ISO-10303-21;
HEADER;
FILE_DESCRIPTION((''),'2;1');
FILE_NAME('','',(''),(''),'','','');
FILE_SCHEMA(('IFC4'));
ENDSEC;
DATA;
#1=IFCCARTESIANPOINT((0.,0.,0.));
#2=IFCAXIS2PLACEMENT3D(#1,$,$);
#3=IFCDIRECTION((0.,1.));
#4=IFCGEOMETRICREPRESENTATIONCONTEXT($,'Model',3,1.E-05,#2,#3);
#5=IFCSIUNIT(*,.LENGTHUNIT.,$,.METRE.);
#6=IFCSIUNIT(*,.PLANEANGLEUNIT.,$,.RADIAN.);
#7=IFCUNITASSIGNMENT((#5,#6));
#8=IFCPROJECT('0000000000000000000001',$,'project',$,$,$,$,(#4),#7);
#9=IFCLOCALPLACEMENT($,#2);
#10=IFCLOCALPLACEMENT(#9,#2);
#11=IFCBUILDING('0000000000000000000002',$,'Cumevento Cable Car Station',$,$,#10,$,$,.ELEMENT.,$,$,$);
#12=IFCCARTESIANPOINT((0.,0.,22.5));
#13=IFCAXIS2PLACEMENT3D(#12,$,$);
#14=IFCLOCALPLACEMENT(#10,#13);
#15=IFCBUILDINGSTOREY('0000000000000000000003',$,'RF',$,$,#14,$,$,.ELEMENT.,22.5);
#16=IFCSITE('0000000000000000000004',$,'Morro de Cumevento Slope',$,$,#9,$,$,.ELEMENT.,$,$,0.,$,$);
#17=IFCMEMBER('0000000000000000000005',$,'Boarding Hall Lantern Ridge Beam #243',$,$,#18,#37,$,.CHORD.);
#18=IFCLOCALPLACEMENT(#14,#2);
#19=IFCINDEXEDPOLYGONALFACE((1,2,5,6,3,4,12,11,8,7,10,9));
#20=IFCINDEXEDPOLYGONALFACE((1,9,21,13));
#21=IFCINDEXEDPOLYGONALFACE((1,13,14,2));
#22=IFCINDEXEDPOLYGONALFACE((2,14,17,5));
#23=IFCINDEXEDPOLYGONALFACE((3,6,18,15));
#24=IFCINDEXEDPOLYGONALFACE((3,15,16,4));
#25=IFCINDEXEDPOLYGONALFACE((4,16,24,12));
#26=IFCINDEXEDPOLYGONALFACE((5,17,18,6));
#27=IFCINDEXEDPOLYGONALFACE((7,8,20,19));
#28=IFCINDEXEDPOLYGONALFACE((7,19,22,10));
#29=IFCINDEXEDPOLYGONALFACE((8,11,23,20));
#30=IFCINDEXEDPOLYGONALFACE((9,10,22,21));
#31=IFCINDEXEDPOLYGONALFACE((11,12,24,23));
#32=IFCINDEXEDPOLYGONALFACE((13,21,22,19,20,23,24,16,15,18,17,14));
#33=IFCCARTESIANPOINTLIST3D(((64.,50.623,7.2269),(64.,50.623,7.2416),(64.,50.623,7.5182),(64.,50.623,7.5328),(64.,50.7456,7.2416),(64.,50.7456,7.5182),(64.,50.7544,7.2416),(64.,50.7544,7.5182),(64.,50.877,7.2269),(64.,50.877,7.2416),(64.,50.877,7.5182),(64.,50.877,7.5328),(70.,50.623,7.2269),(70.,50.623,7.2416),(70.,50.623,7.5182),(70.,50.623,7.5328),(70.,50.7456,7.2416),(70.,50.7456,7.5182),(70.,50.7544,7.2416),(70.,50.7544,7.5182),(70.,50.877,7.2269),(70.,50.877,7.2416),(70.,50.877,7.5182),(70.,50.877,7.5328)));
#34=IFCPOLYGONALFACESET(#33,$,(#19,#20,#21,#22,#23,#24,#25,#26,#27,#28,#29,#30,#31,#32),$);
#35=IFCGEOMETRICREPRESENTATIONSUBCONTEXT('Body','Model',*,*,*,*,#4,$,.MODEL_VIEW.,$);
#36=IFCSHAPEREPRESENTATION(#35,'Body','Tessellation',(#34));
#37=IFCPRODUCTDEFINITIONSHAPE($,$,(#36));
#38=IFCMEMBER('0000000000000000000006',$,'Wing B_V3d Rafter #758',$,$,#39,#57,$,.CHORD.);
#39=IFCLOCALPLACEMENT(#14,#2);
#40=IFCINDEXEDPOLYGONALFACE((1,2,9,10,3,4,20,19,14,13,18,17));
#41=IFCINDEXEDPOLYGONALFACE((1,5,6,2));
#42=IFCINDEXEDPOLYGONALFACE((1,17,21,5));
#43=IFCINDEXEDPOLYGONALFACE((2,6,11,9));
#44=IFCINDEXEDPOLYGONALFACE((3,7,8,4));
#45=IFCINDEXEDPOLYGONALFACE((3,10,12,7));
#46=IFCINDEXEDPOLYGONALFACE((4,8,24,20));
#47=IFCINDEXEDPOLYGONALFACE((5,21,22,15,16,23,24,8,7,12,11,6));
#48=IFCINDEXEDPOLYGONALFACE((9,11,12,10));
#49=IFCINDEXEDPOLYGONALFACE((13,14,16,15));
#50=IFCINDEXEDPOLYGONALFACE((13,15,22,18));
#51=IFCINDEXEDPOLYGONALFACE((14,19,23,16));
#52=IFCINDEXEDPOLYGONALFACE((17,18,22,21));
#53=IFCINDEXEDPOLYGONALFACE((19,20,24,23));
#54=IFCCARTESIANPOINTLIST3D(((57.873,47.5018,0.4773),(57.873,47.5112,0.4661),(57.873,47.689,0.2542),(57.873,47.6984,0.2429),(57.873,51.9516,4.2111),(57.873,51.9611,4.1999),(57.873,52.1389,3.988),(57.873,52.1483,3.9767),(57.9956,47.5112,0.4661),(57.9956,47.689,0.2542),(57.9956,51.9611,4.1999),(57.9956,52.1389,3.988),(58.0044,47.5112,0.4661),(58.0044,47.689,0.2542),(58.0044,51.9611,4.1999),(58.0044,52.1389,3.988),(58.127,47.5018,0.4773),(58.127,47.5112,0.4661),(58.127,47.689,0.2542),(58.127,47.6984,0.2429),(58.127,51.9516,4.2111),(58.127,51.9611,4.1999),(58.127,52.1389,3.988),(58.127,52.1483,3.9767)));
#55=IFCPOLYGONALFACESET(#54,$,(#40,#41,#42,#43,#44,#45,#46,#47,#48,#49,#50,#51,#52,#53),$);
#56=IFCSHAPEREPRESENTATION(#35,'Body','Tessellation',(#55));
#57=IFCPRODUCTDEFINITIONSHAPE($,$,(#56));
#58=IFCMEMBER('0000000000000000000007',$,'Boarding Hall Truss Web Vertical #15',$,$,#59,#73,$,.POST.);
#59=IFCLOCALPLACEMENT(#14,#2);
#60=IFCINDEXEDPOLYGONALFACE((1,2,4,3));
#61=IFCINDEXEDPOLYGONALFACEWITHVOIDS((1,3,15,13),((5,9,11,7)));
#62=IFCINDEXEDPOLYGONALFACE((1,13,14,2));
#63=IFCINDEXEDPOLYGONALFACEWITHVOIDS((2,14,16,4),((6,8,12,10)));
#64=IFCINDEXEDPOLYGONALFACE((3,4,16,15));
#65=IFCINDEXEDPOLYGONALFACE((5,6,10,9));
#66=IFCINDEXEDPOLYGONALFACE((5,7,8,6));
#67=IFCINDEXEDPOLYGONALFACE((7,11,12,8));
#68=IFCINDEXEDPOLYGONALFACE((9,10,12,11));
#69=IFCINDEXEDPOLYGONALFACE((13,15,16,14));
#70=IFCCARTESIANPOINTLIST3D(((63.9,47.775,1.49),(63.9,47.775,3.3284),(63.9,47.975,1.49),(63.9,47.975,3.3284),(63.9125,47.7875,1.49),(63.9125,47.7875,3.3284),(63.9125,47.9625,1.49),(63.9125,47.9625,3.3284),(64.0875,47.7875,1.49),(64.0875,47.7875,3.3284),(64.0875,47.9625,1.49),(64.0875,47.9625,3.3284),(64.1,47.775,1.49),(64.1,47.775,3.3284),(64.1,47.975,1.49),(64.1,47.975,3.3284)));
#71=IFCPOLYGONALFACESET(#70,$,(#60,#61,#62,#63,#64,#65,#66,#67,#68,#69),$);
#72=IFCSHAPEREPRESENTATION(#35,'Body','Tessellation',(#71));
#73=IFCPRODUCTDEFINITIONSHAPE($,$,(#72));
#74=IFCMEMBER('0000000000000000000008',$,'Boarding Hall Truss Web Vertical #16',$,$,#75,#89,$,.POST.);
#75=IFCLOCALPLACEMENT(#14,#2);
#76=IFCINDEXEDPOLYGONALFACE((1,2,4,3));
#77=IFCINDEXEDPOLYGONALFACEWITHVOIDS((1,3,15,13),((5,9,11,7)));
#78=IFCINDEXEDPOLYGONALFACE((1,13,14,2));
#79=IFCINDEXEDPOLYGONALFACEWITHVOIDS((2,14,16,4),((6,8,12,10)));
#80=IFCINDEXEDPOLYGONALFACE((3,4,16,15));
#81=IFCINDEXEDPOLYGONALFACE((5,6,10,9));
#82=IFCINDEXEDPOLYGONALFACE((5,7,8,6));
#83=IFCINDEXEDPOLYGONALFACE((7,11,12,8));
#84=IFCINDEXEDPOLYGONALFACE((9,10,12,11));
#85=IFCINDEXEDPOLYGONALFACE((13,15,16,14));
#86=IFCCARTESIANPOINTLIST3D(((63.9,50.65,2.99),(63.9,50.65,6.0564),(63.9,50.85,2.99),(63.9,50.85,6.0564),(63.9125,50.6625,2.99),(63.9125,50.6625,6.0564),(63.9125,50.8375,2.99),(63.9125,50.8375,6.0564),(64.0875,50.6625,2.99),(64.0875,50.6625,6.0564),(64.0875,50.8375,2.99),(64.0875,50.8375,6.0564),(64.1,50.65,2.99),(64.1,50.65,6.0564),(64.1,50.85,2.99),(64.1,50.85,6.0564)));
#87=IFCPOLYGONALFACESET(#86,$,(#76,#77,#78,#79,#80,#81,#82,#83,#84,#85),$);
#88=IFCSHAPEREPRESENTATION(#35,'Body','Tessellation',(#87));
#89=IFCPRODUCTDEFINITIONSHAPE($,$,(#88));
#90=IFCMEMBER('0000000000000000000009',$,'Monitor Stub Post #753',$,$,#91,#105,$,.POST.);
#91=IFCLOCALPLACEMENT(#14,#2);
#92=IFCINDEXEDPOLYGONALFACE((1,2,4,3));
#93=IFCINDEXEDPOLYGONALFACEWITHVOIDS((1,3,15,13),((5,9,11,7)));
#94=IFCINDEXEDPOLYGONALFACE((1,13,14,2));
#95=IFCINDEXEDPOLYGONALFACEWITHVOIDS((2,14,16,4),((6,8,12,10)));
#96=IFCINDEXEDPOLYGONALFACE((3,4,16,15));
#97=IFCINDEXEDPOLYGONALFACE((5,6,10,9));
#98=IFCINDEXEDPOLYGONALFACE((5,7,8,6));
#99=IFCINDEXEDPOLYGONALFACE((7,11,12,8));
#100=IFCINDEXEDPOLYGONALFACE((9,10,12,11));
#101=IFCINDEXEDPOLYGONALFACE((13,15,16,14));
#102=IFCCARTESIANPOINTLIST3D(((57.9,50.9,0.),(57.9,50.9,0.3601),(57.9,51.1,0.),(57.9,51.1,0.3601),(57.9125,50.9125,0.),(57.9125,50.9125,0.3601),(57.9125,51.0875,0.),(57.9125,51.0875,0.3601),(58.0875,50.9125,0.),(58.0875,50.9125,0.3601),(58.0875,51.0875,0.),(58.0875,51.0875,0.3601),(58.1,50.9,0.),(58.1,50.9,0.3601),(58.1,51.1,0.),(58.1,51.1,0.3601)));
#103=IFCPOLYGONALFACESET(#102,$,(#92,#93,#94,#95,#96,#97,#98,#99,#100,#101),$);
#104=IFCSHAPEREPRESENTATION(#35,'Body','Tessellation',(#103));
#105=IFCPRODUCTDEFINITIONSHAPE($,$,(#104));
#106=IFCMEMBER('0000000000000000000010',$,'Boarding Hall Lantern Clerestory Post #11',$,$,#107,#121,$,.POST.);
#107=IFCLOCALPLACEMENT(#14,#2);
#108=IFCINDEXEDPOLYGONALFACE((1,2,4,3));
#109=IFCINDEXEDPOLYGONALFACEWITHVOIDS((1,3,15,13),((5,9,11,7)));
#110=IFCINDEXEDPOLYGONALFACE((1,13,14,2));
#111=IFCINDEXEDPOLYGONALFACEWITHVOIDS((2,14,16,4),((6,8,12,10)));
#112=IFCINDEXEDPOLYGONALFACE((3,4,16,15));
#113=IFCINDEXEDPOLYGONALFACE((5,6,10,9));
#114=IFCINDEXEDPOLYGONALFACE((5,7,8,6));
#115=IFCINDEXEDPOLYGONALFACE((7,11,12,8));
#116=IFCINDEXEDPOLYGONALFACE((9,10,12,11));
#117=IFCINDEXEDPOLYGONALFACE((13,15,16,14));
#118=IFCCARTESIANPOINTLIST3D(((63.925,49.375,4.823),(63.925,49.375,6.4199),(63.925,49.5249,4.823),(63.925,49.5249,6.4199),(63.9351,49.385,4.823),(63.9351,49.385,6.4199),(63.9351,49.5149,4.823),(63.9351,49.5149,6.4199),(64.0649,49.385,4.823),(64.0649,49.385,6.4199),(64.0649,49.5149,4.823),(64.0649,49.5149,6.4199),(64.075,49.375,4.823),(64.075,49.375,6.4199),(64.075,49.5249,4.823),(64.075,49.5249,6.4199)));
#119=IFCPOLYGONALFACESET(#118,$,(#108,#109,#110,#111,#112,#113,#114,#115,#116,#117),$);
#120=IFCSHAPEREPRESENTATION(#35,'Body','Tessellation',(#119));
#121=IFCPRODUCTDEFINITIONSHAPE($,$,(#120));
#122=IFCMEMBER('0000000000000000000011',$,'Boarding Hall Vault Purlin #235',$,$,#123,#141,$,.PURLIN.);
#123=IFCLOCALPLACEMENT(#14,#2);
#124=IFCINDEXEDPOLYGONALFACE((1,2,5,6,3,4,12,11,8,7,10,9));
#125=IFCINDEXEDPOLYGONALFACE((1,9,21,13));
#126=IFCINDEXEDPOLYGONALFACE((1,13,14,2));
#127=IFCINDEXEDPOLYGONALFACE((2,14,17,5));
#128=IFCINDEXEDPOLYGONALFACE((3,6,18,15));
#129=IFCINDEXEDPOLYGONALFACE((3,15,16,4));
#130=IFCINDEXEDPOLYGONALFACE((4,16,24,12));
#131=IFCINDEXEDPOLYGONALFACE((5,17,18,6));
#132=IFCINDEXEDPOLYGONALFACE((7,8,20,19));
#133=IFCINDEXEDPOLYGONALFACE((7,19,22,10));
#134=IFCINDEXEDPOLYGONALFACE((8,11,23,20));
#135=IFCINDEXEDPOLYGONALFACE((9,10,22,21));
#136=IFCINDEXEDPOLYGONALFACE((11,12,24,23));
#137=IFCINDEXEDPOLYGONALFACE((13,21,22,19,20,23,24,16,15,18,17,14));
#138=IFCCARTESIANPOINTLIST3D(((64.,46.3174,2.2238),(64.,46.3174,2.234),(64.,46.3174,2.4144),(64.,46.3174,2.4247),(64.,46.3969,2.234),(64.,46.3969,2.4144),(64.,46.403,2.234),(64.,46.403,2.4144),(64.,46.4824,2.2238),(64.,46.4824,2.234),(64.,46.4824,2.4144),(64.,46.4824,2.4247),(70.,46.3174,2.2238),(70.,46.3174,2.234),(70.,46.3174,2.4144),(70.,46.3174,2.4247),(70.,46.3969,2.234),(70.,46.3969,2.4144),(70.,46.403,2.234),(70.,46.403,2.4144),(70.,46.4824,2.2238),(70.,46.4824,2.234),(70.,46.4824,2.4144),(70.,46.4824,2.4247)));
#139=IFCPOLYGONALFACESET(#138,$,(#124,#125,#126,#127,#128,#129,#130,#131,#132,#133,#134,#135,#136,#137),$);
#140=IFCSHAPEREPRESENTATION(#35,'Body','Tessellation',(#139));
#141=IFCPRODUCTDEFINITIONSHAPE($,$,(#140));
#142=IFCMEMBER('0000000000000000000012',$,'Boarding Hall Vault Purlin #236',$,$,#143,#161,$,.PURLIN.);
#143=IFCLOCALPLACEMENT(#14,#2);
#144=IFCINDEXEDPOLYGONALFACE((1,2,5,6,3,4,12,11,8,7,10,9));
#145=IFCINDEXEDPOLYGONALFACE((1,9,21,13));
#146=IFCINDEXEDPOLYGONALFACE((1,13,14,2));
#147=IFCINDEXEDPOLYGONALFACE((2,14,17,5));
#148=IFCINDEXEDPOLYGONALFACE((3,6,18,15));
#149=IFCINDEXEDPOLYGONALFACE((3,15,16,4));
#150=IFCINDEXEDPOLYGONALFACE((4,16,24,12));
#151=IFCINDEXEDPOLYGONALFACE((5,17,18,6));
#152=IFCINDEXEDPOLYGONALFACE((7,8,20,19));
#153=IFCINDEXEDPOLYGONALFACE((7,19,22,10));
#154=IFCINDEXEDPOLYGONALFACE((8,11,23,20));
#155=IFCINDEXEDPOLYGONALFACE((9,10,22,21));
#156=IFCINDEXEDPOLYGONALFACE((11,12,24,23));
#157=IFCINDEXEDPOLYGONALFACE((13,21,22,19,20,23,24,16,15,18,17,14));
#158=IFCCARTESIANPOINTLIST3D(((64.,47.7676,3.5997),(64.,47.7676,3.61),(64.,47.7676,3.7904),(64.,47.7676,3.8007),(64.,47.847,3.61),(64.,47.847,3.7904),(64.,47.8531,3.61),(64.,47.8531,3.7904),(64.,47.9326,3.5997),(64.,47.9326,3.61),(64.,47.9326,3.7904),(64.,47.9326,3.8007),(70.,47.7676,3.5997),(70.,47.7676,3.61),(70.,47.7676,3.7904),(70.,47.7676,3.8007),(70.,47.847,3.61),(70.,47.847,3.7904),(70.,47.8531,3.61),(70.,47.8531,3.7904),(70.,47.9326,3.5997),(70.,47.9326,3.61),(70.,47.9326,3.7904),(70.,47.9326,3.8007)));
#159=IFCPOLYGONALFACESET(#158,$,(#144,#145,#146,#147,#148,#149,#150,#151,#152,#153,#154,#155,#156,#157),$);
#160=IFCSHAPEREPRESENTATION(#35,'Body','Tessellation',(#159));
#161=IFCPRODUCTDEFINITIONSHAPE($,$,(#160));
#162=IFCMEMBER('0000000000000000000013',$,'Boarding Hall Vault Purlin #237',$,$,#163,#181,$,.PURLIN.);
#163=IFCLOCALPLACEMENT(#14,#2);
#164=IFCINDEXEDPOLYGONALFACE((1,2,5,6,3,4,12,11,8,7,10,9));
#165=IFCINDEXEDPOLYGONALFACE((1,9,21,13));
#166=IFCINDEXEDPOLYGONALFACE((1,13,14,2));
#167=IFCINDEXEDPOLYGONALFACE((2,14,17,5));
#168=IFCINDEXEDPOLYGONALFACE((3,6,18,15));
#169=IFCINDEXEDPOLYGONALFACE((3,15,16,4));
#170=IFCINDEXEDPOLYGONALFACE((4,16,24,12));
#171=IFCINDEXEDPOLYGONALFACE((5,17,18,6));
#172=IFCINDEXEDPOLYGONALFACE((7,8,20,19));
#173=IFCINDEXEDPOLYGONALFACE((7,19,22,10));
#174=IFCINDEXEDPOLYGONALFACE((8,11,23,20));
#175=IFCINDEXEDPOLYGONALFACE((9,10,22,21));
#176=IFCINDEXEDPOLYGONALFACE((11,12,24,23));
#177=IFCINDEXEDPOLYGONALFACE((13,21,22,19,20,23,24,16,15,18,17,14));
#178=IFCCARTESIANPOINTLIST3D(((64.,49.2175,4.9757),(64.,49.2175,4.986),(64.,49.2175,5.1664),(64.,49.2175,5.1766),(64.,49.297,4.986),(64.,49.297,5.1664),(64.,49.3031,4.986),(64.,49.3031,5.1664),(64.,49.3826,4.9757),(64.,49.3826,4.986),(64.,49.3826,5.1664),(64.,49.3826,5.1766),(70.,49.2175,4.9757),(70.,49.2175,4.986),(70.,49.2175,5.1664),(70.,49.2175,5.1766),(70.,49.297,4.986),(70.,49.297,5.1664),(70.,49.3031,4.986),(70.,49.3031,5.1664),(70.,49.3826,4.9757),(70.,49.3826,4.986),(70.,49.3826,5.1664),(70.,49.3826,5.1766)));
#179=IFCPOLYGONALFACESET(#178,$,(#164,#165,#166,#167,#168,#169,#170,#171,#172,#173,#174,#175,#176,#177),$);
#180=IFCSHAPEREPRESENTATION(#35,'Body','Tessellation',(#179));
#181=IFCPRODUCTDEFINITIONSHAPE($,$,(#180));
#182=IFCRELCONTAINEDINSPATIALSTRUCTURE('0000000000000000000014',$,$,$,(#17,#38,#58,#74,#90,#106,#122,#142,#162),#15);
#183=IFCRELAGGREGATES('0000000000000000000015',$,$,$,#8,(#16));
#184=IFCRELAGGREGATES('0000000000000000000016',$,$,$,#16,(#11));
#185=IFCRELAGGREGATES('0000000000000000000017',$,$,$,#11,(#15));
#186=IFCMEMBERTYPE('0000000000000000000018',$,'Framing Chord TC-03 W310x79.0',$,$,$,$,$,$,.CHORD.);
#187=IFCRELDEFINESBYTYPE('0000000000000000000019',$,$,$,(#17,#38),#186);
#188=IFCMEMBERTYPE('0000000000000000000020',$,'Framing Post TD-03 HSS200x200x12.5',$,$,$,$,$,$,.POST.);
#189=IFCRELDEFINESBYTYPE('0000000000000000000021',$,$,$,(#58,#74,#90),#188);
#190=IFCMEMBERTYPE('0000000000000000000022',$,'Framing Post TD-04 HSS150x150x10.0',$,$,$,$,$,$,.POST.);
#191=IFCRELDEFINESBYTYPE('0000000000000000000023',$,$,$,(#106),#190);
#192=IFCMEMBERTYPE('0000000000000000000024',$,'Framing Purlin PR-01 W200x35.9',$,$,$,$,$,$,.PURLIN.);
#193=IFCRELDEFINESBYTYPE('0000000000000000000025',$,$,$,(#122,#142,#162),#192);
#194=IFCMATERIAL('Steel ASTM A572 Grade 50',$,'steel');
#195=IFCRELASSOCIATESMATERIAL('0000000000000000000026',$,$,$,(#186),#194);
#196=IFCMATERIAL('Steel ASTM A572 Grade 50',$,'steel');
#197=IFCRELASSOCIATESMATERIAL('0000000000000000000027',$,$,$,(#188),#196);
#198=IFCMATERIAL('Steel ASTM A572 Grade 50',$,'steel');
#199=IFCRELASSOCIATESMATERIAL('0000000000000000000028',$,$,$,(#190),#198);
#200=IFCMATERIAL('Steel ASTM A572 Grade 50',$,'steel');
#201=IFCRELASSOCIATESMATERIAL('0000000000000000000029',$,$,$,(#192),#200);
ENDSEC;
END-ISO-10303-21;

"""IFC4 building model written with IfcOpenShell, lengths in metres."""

from ifc_helpers import new_model, si_unit, direction, frame, origin, origin_2d, place, context, subcontext, project, spatial, hollow_rectangle, i_section, extrude, material, material_profile, profile_set, type_object, element, save


model = new_model("IFC4")

# Units and contexts
model_context = context("Model", 3, precision=1e-05, world=origin(), true_north=direction((0.0, 1.0)))
body_context = subcontext(model_context, "Body", "Model", "MODEL_VIEW")
ifc_project = project(units=[si_unit("LENGTHUNIT", "METRE"), si_unit("PLANEANGLEUNIT", "RADIAN")], contexts=[model_context])

# Site, building, storey
site_placement = place(None, origin())
site = spatial("IfcSite", under=ifc_project, at=site_placement, Name="Morro de Cumevento Slope", CompositionType="ELEMENT", RefElevation=0.0)
building_placement = place(site_placement, origin())
building = spatial("IfcBuilding", under=site, at=building_placement, Name="Cumevento Cable Car Station", CompositionType="ELEMENT")
storey_placement = place(building_placement, frame((0.0, 0.0, 22.5)))
storey = spatial("IfcBuildingStorey", under=building, at=storey_placement, Name="RF", CompositionType="ELEMENT", Elevation=22.5)

# Members
ifc_material_1 = material(Name="Steel ASTM A572 Grade 50", Category="steel")
ifc_material_profile_1 = material_profile(ifc_material_1, i_section(OverallWidth=0.2539, OverallDepth=0.3059, WebThickness=0.0088, FlangeThickness=0.0146, at=origin_2d()), Name="W310x79.0")
ifc_profile_set_1 = profile_set([ifc_material_profile_1], Name="Steel ASTM A572 Grade 50")
member_type_1 = type_object("IfcMemberType", Name="Framing Chord TC-03 W310x79.0", PredefinedType="CHORD", material=ifc_profile_set_1)
member_1_placement = place(storey_placement, frame((64.0, 50.75, 7.3799), z_axis=(1.0, 0.0, 0.0), x_axis=(0.0, 1.0, 0.0)))
element("IfcMember", 1, at=member_1_placement, inside=storey, type_object=member_type_1, Name="Boarding Hall Lantern Ridge Beam #243", PredefinedType="CHORD", context=body_context, shape_type="SweptSolid", body=[
    extrude(i_section(OverallWidth=0.2539, OverallDepth=0.3059, WebThickness=0.0088, FlangeThickness=0.0146, at=origin_2d()), origin(), (0.0, 0.0, 1.0), 6.0),
])
member_2_placement = place(storey_placement, frame((58.0, 47.6001, 0.3601), z_axis=(0.0, 0.76605, 0.642781), x_axis=(-1.0, 0.0, 0.0)))
element("IfcMember", 2, at=member_2_placement, inside=storey, type_object=member_type_1, Name="Wing B_V3d Rafter #758", PredefinedType="CHORD", context=body_context, shape_type="SweptSolid", body=[
    extrude(i_section(OverallWidth=0.2539, OverallDepth=0.3059, WebThickness=0.0088, FlangeThickness=0.0146, at=origin_2d()), origin(), (0.0, 0.0, 1.0), 5.8088),
])
ifc_material_2 = material(Name="Steel ASTM A572 Grade 50", Category="steel")
ifc_material_profile_2 = material_profile(ifc_material_2, hollow_rectangle(XDim=0.2, YDim=0.2, WallThickness=0.0125, at=origin_2d()), Name="HSS200x200x12.5")
ifc_profile_set_2 = profile_set([ifc_material_profile_2], Name="Steel ASTM A572 Grade 50")
member_type_2 = type_object("IfcMemberType", Name="Framing Post TD-03 HSS200x200x12.5", PredefinedType="POST", material=ifc_profile_set_2)
member_3_placement = place(storey_placement, frame((64.0, 47.875, 1.49), z_axis=(0.0, 0.0, 1.0), x_axis=(1.0, 0.0, 0.0)))
element("IfcMember", 3, at=member_3_placement, inside=storey, type_object=member_type_2, Name="Boarding Hall Truss Web Vertical #15", PredefinedType="POST", context=body_context, shape_type="SweptSolid", body=[
    extrude(hollow_rectangle(XDim=0.2, YDim=0.2, WallThickness=0.0125, at=origin_2d()), origin(), (0.0, 0.0, 1.0), 1.8384),
])
member_4_placement = place(storey_placement, frame((64.0, 50.75, 2.99), z_axis=(0.0, 0.0, 1.0), x_axis=(1.0, 0.0, 0.0)))
element("IfcMember", 4, at=member_4_placement, inside=storey, type_object=member_type_2, Name="Boarding Hall Truss Web Vertical #16", PredefinedType="POST", context=body_context, shape_type="SweptSolid", body=[
    extrude(hollow_rectangle(XDim=0.2, YDim=0.2, WallThickness=0.0125, at=origin_2d()), origin(), (0.0, 0.0, 1.0), 3.0664),
])
member_5_placement = place(storey_placement, frame((58.0, 51.0, 0.0), z_axis=(0.0, 0.0, 1.0), x_axis=(1.0, 0.0, 0.0)))
element("IfcMember", 5, at=member_5_placement, inside=storey, type_object=member_type_2, Name="Monitor Stub Post #753", PredefinedType="POST", context=body_context, shape_type="SweptSolid", body=[
    extrude(hollow_rectangle(XDim=0.2, YDim=0.2, WallThickness=0.0125, at=origin_2d()), origin(), (0.0, 0.0, 1.0), 0.3601),
])
ifc_material_3 = material(Name="Steel ASTM A572 Grade 50", Category="steel")
ifc_material_profile_3 = material_profile(ifc_material_3, hollow_rectangle(XDim=0.1499, YDim=0.1499, WallThickness=0.01, at=origin_2d()), Name="HSS150x150x10.0")
ifc_profile_set_3 = profile_set([ifc_material_profile_3], Name="Steel ASTM A572 Grade 50")
member_type_3 = type_object("IfcMemberType", Name="Framing Post TD-04 HSS150x150x10.0", PredefinedType="POST", material=ifc_profile_set_3)
member_6_placement = place(storey_placement, frame((64.0, 49.45, 4.823), z_axis=(0.0, 0.0, 1.0), x_axis=(1.0, 0.0, 0.0)))
element("IfcMember", 6, at=member_6_placement, inside=storey, type_object=member_type_3, Name="Boarding Hall Lantern Clerestory Post #11", PredefinedType="POST", context=body_context, shape_type="SweptSolid", body=[
    extrude(hollow_rectangle(XDim=0.1499, YDim=0.1499, WallThickness=0.01, at=origin_2d()), origin(), (0.0, 0.0, 1.0), 1.5969),
])
ifc_material_4 = material(Name="Steel ASTM A572 Grade 50", Category="steel")
ifc_material_profile_4 = material_profile(ifc_material_4, i_section(OverallWidth=0.165, OverallDepth=0.2009, WebThickness=0.0061, FlangeThickness=0.0103, at=origin_2d()), Name="W200x35.9")
ifc_profile_set_4 = profile_set([ifc_material_profile_4], Name="Steel ASTM A572 Grade 50")
member_type_4 = type_object("IfcMemberType", Name="Framing Purlin PR-01 W200x35.9", PredefinedType="PURLIN", material=ifc_profile_set_4)
for number, where, z_axis, x_axis, name in (
    (7, (64.0, 46.3999, 2.3242), (1.0, 0.0, 0.0), (0.0, 1.0, 0.0), "Boarding Hall Vault Purlin #235"),
    (8, (64.0, 47.8501, 3.7002), (1.0, 0.0, 0.0), (0.0, 1.0, 0.0), "Boarding Hall Vault Purlin #236"),
    (9, (64.0, 49.3, 5.0762), (1.0, 0.0, 0.0), (0.0, 1.0, 0.0), "Boarding Hall Vault Purlin #237"),
):
    element("IfcMember", number, at=place(storey_placement, frame(where, z_axis=z_axis, x_axis=x_axis)), inside=storey, type_object=member_type_4, Name=name, PredefinedType="PURLIN", context=body_context, shape_type="SweptSolid", body=[
        extrude(i_section(OverallWidth=0.165, OverallDepth=0.2009, WebThickness=0.0061, FlangeThickness=0.0103, at=origin_2d()), origin(), (0.0, 0.0, 1.0), 6.0),
    ])

save(model, "model.ifc")
